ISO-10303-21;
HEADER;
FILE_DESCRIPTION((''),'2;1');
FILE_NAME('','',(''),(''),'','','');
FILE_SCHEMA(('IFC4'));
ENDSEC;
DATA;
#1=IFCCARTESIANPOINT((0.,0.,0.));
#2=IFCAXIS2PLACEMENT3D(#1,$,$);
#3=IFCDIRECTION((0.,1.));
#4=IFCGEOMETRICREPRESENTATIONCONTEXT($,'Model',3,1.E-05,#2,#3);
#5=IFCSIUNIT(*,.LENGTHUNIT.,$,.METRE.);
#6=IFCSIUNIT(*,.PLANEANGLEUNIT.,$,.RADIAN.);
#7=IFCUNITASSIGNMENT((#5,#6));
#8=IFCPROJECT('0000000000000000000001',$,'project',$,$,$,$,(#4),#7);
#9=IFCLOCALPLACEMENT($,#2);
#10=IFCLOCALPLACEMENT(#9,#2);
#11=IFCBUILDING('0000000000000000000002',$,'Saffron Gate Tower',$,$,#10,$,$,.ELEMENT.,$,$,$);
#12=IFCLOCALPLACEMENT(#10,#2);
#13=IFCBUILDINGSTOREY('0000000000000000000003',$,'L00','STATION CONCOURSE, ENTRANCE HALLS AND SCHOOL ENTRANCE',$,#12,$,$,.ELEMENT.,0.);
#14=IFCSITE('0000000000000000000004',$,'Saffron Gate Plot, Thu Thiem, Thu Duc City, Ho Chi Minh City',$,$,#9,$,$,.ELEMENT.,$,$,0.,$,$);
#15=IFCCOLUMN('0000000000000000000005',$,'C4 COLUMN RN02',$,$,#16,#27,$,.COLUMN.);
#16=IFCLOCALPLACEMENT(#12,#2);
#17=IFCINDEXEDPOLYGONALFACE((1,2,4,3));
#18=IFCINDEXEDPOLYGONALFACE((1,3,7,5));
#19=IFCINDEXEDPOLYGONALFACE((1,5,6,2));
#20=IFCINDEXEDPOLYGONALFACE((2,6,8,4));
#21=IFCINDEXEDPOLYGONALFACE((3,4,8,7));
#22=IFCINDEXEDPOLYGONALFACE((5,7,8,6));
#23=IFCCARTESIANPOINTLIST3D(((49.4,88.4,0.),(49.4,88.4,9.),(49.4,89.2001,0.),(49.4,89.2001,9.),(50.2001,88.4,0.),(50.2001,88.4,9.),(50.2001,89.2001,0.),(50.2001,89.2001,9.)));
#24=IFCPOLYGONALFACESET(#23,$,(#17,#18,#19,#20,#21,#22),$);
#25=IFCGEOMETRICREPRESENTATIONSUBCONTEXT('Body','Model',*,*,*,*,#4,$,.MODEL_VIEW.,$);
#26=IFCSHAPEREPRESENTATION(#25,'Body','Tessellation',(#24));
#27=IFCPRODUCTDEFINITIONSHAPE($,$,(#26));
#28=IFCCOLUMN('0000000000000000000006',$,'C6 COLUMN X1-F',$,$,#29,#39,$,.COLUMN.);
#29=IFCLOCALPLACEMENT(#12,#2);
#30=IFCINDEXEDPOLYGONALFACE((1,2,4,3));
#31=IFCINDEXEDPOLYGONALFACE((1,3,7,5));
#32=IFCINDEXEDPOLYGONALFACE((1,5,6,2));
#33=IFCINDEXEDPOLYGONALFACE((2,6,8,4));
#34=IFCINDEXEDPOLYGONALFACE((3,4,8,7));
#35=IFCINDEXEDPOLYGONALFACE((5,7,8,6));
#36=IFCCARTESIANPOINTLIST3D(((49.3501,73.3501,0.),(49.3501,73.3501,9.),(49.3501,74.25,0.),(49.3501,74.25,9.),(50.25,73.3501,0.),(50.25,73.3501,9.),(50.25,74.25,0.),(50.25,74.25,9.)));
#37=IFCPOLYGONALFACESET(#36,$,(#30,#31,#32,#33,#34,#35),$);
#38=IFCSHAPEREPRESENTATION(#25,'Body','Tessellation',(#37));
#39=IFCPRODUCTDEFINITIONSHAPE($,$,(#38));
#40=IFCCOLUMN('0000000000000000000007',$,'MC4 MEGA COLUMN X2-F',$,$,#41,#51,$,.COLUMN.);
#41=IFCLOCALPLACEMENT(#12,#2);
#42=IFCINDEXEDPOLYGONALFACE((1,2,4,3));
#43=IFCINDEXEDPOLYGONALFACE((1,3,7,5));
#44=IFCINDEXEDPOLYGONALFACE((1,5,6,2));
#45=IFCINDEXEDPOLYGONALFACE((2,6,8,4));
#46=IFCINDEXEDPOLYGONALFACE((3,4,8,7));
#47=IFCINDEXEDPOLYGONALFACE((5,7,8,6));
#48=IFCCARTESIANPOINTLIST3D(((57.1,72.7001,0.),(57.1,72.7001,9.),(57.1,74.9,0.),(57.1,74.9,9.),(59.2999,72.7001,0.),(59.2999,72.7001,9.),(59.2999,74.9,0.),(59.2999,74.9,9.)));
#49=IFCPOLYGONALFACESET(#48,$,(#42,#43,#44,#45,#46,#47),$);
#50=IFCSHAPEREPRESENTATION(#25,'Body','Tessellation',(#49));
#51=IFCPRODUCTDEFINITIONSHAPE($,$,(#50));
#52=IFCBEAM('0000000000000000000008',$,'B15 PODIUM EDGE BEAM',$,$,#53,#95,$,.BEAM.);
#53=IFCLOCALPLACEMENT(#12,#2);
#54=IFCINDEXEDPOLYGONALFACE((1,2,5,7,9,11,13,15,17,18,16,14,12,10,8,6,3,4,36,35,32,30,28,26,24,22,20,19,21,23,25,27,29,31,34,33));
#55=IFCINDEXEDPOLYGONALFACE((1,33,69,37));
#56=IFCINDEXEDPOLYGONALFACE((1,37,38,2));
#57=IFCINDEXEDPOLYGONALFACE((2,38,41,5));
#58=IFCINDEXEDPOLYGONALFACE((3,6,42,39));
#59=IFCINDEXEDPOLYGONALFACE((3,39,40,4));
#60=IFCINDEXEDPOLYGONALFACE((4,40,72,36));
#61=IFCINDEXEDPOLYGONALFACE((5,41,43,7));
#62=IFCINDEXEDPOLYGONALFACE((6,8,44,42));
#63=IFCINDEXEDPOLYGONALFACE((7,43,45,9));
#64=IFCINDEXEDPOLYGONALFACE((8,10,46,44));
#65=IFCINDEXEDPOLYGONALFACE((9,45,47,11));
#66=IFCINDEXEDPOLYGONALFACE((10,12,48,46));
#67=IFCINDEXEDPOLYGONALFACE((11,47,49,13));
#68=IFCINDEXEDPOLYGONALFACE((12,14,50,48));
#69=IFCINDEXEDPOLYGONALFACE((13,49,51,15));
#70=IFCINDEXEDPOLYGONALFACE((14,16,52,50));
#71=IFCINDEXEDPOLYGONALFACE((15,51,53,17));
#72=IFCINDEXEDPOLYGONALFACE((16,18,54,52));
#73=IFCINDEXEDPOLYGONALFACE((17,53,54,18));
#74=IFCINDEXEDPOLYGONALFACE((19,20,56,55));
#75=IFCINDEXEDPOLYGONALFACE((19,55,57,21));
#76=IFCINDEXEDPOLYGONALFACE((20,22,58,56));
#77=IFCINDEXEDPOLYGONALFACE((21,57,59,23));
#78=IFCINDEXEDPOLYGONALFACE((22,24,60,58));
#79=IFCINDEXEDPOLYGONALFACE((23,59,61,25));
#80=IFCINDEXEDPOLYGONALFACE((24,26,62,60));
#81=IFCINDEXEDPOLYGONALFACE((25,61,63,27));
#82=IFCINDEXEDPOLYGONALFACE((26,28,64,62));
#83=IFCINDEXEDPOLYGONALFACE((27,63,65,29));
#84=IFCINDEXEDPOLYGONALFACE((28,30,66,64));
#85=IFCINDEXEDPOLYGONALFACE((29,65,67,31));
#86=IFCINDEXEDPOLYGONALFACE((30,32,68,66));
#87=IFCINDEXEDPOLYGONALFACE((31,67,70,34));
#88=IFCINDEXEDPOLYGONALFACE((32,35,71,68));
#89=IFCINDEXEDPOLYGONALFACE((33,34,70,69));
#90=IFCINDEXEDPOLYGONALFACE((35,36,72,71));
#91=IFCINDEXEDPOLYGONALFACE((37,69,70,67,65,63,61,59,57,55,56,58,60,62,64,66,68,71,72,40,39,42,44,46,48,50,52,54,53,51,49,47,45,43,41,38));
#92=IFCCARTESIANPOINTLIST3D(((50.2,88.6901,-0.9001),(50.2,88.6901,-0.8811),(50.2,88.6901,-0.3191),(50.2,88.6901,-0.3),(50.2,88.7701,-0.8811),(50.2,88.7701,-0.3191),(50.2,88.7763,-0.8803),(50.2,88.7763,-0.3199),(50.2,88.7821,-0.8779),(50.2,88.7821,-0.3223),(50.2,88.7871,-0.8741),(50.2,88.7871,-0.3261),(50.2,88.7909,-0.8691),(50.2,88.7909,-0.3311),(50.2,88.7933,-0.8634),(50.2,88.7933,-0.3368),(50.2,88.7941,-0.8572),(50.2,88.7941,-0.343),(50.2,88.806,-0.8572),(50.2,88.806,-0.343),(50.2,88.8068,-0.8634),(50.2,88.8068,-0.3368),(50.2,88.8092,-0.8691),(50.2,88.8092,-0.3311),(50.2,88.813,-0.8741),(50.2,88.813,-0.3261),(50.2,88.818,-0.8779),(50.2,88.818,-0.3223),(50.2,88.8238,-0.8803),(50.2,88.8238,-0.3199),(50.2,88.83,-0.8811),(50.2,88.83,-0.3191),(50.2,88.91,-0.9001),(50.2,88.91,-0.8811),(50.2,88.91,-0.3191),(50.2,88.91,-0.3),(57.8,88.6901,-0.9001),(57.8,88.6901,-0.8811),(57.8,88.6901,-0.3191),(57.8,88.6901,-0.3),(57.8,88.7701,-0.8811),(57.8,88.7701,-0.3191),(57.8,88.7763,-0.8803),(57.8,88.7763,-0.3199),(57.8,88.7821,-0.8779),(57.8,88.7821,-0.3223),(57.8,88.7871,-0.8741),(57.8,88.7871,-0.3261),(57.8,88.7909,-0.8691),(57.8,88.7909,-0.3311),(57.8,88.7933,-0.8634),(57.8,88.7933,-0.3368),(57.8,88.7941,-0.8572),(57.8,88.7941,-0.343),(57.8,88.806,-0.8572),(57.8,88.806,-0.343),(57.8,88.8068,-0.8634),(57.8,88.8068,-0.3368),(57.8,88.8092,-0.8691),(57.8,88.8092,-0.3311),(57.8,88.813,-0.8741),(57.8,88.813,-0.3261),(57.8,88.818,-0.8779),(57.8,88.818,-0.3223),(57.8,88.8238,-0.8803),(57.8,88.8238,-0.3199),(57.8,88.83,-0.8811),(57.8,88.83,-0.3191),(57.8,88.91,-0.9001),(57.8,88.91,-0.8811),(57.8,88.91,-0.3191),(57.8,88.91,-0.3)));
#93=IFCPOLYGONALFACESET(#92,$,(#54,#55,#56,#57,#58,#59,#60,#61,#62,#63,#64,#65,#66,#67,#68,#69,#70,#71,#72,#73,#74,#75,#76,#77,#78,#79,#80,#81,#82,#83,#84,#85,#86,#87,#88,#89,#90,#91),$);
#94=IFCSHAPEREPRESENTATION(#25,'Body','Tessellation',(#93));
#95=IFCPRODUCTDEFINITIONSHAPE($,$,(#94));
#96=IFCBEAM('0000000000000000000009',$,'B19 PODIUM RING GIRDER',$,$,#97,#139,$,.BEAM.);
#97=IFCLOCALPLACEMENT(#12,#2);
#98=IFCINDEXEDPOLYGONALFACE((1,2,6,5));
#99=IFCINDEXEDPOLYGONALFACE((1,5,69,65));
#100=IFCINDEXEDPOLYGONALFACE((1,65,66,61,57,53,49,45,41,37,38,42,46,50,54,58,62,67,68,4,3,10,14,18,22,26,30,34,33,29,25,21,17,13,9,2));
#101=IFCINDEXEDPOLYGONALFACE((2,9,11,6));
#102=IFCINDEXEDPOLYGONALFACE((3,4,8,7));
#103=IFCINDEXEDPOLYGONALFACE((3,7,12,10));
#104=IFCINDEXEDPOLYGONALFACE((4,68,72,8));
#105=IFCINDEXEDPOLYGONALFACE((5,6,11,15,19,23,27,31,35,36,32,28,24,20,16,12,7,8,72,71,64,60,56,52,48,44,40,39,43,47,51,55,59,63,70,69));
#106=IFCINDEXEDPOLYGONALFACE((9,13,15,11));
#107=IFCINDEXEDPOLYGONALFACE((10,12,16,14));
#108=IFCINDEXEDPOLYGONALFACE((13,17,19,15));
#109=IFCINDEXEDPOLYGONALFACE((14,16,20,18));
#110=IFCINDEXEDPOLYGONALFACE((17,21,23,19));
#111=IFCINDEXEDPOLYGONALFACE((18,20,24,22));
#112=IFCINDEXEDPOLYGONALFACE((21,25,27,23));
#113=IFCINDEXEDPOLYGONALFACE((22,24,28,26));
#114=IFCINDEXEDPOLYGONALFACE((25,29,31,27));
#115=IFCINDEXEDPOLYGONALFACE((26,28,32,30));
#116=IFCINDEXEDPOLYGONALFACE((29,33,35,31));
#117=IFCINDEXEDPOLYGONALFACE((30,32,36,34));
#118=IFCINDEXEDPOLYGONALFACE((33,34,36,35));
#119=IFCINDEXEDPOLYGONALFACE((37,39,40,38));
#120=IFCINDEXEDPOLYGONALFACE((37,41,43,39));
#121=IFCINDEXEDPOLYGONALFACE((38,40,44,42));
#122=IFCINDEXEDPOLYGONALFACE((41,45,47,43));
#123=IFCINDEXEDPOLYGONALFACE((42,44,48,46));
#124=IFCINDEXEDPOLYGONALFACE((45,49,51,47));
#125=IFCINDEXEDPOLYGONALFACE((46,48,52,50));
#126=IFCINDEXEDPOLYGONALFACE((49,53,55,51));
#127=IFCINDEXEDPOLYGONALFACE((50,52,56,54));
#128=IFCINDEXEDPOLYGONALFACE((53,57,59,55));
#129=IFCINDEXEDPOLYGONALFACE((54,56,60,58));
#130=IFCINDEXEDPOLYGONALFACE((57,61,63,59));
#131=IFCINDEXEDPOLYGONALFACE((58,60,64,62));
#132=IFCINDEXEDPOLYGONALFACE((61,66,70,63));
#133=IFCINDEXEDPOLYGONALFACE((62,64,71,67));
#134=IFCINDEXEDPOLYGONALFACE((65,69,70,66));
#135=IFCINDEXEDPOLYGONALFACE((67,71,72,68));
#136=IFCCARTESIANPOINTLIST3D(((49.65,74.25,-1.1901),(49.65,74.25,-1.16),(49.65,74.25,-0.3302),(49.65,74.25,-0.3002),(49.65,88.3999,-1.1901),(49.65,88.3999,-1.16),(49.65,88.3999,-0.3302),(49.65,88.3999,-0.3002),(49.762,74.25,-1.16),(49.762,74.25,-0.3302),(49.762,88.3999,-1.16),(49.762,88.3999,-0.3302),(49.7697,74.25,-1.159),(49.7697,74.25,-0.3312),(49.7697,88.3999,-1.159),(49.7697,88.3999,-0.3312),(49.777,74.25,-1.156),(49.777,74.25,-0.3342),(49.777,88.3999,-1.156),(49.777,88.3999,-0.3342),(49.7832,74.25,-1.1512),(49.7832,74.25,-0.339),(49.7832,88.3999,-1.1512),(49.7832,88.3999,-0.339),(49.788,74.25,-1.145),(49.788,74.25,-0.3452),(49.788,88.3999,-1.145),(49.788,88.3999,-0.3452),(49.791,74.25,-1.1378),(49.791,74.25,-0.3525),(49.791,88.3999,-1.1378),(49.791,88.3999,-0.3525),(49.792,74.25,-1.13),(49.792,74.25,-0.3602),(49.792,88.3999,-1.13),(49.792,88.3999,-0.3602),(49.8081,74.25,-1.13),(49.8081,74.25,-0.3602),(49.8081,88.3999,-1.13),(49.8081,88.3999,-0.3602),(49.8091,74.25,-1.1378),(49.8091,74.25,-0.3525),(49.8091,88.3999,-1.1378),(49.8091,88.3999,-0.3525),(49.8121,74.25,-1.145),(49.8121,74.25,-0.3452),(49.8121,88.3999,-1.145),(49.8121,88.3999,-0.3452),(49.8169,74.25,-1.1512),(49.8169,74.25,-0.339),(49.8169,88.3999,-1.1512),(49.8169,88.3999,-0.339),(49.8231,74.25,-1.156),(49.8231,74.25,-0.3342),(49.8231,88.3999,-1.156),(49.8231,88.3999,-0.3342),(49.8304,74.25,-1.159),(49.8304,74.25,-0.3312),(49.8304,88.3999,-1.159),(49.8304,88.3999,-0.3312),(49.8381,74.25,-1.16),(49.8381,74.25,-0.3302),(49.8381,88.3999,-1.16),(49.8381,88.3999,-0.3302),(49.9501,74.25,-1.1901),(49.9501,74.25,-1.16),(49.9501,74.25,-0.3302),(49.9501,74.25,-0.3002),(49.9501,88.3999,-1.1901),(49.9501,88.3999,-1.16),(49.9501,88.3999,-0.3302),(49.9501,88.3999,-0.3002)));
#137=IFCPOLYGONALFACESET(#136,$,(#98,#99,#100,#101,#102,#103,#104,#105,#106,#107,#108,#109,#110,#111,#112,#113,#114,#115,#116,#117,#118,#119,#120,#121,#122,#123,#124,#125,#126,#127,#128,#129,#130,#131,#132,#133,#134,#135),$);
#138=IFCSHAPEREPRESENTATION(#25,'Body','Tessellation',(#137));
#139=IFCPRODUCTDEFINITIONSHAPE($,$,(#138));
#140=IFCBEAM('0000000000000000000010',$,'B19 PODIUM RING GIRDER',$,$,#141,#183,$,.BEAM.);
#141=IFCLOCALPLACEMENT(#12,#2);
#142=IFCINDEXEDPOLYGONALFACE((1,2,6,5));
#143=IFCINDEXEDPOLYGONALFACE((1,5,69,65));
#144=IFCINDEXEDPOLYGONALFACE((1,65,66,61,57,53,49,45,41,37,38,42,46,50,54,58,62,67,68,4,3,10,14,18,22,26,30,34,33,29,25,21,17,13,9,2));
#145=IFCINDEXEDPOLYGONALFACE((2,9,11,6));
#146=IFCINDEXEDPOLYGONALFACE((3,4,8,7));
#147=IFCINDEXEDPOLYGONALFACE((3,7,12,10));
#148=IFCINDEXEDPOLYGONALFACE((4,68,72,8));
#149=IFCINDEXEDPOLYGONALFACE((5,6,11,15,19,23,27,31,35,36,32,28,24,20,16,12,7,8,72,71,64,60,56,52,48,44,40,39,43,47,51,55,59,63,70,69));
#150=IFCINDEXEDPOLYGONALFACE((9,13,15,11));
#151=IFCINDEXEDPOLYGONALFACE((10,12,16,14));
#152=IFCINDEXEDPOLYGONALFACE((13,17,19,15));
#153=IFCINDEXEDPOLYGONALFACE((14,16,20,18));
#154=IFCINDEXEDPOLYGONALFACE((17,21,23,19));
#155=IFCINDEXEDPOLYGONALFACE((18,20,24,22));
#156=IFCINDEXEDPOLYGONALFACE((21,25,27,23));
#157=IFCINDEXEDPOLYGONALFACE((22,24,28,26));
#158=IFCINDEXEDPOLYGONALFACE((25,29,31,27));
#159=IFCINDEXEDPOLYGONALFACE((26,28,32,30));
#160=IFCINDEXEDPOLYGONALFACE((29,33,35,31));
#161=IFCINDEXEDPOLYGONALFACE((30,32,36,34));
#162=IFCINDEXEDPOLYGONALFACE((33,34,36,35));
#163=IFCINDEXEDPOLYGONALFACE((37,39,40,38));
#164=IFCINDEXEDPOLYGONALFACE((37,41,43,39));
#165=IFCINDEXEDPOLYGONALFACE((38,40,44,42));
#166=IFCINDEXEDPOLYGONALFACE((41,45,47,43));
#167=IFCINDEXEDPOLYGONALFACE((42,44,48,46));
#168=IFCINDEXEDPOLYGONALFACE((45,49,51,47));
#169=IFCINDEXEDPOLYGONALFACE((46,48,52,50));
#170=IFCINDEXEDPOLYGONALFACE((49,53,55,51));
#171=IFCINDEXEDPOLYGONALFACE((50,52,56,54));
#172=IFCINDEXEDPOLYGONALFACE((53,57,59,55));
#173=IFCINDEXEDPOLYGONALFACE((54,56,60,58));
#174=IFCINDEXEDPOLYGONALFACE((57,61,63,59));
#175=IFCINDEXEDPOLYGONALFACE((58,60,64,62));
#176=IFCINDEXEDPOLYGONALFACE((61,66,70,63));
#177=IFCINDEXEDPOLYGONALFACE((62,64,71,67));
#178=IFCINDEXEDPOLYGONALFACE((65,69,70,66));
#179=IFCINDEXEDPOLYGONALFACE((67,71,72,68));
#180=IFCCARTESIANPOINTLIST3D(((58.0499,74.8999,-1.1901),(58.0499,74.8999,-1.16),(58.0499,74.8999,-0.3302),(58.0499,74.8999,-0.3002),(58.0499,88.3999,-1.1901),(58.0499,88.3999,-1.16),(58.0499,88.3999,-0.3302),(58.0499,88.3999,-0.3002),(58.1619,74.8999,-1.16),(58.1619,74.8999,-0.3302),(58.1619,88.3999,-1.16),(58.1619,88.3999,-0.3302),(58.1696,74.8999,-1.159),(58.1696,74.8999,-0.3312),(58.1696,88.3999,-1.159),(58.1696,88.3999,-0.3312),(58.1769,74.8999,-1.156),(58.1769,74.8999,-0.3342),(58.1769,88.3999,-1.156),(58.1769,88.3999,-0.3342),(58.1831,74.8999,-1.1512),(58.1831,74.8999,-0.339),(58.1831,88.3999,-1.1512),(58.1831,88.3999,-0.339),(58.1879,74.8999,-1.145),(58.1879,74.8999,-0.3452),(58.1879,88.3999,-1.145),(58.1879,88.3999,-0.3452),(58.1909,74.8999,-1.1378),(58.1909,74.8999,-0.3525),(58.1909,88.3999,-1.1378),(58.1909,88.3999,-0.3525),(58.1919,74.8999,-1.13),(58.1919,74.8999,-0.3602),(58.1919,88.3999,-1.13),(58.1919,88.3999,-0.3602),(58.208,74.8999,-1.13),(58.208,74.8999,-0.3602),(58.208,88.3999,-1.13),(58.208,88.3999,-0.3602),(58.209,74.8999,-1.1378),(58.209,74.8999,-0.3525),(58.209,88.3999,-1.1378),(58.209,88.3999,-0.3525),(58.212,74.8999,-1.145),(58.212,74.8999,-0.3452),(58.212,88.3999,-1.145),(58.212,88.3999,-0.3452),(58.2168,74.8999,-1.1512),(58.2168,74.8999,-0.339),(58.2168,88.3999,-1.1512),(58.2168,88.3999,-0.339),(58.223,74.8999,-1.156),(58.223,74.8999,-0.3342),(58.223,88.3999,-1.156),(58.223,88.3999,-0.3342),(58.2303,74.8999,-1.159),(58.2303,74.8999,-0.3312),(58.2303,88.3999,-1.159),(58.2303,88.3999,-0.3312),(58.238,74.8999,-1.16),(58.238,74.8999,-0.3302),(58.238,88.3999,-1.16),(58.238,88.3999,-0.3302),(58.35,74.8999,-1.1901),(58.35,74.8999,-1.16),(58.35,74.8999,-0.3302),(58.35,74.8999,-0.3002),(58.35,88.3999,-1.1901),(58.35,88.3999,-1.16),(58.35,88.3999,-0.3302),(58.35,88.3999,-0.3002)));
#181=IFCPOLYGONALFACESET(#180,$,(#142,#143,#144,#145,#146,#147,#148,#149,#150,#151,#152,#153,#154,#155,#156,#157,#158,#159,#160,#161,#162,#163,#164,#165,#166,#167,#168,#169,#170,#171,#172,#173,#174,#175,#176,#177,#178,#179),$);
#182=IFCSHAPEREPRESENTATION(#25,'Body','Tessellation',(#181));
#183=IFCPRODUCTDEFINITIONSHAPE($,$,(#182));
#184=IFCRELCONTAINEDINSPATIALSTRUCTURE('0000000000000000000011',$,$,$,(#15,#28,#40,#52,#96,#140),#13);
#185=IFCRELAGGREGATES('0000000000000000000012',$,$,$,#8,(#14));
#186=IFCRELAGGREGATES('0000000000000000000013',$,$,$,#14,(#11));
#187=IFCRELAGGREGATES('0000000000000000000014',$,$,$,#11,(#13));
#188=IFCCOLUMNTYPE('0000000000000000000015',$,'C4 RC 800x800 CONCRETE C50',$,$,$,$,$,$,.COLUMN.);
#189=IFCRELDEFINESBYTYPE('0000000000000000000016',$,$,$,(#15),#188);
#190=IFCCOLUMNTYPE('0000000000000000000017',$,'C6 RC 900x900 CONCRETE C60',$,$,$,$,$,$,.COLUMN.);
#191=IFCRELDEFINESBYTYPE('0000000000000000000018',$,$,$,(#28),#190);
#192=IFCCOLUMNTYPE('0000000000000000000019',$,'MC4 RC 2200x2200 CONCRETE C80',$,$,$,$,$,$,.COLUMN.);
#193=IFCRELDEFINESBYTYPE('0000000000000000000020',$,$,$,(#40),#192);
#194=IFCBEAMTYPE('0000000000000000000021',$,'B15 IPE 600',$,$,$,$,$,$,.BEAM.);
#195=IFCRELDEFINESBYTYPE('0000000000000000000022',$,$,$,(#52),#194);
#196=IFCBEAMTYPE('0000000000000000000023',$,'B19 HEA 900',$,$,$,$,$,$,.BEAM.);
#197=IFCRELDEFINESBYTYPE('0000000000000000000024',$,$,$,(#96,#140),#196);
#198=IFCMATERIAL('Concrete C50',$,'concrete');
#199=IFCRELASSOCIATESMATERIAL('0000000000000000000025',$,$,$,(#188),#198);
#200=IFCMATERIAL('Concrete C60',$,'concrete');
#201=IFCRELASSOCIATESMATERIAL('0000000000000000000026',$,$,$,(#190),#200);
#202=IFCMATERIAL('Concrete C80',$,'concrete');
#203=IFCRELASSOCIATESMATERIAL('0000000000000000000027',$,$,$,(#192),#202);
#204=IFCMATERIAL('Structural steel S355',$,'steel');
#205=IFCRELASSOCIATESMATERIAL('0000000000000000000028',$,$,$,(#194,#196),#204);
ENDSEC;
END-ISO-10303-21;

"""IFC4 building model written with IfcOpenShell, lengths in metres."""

from ifc_helpers import new_model, si_unit, direction, frame, origin, origin_2d, place, context, subcontext, project, spatial, rectangle, i_section, extrude, material, material_profile, profile_set, type_object, element, save


model = new_model("IFC4")

# Units and contexts
model_context = context("Model", 3, precision=1e-05, world=origin(), true_north=direction((0.0, 1.0)))
body_context = subcontext(model_context, "Body", "Model", "MODEL_VIEW")
ifc_project = project(units=[si_unit("LENGTHUNIT", "METRE"), si_unit("PLANEANGLEUNIT", "RADIAN")], contexts=[model_context])

# Site, building, storey
site_placement = place(None, origin())
site = spatial("IfcSite", under=ifc_project, at=site_placement, Name="Saffron Gate Plot, Thu Thiem, Thu Duc City, Ho Chi Minh City", CompositionType="ELEMENT", RefElevation=0.0)
building_placement = place(site_placement, origin())
building = spatial("IfcBuilding", under=site, at=building_placement, Name="Saffron Gate Tower", CompositionType="ELEMENT")
storey_placement = place(building_placement, origin())
storey = spatial("IfcBuildingStorey", under=building, at=storey_placement, Name="L00", Description="STATION CONCOURSE, ENTRANCE HALLS AND SCHOOL ENTRANCE", CompositionType="ELEMENT", Elevation=0.0)

# Columns
ifc_material_1 = material(Name="Concrete C50", Category="concrete")
ifc_material_profile_1 = material_profile(ifc_material_1, rectangle(XDim=0.8, YDim=0.8, at=origin_2d()))
ifc_profile_set_1 = profile_set([ifc_material_profile_1], Name="Concrete C50")
column_type_1 = type_object("IfcColumnType", Name="C4 RC 800x800 CONCRETE C50", PredefinedType="COLUMN", material=ifc_profile_set_1)
column_1_placement = place(storey_placement, frame((49.8, 88.8, 0.0), z_axis=(0.0, 0.0, 1.0), x_axis=(1.0, 0.0, 0.0)))
element("IfcColumn", 1, at=column_1_placement, inside=storey, type_object=column_type_1, Name="C4 COLUMN RN02", PredefinedType="COLUMN", context=body_context, shape_type="SweptSolid", body=[
    extrude(rectangle(XDim=0.8, YDim=0.8, at=origin_2d()), origin(), (0.0, 0.0, 1.0), 9.0),
])
ifc_material_2 = material(Name="Concrete C60", Category="concrete")
ifc_material_profile_2 = material_profile(ifc_material_2, rectangle(XDim=0.8999, YDim=0.8999, at=origin_2d()))
ifc_profile_set_2 = profile_set([ifc_material_profile_2], Name="Concrete C60")
column_type_2 = type_object("IfcColumnType", Name="C6 RC 900x900 CONCRETE C60", PredefinedType="COLUMN", material=ifc_profile_set_2)
column_2_placement = place(storey_placement, frame((49.8, 73.8, 0.0), z_axis=(0.0, 0.0, 1.0), x_axis=(1.0, 0.0, 0.0)))
element("IfcColumn", 2, at=column_2_placement, inside=storey, type_object=column_type_2, Name="C6 COLUMN X1-F", PredefinedType="COLUMN", context=body_context, shape_type="SweptSolid", body=[
    extrude(rectangle(XDim=0.8999, YDim=0.8999, at=origin_2d()), origin(), (0.0, 0.0, 1.0), 9.0),
])
ifc_material_3 = material(Name="Concrete C80", Category="concrete")
ifc_material_profile_3 = material_profile(ifc_material_3, rectangle(XDim=2.2, YDim=2.2, at=origin_2d()))
ifc_profile_set_3 = profile_set([ifc_material_profile_3], Name="Concrete C80")
column_type_3 = type_object("IfcColumnType", Name="MC4 RC 2200x2200 CONCRETE C80", PredefinedType="COLUMN", material=ifc_profile_set_3)
column_3_placement = place(storey_placement, frame((58.2, 73.8, 0.0), z_axis=(0.0, 0.0, 1.0), x_axis=(1.0, 0.0, 0.0)))
element("IfcColumn", 3, at=column_3_placement, inside=storey, type_object=column_type_3, Name="MC4 MEGA COLUMN X2-F", PredefinedType="COLUMN", context=body_context, shape_type="SweptSolid", body=[
    extrude(rectangle(XDim=2.2, YDim=2.2, at=origin_2d()), origin(), (0.0, 0.0, 1.0), 9.0),
])

# Beams
ifc_material_4 = material(Name="Structural steel S355", Category="steel")
ifc_material_profile_4 = material_profile(ifc_material_4, i_section(OverallWidth=0.22, OverallDepth=0.6001, WebThickness=0.012, FlangeThickness=0.019, FilletRadius=0.0239, at=origin_2d()))
ifc_profile_set_4 = profile_set([ifc_material_profile_4], Name="Structural steel S355")
beam_type_1 = type_object("IfcBeamType", Name="B15 IPE 600", PredefinedType="BEAM", material=ifc_profile_set_4)
beam_1_placement = place(storey_placement, frame((50.2, 88.8, -0.6001), z_axis=(1.0, 0.0, 0.0), x_axis=(0.0, 1.0, 0.0)))
element("IfcBeam", 4, at=beam_1_placement, inside=storey, type_object=beam_type_1, Name="B15 PODIUM EDGE BEAM", PredefinedType="BEAM", context=body_context, shape_type="SweptSolid", body=[
    extrude(i_section(OverallWidth=0.22, OverallDepth=0.6001, WebThickness=0.012, FlangeThickness=0.019, FilletRadius=0.0239, at=origin_2d()), origin(), (0.0, 0.0, 1.0), 7.6001),
])
ifc_material_profile_5 = material_profile(ifc_material_4, i_section(OverallWidth=0.3, OverallDepth=0.8899, WebThickness=0.0161, FlangeThickness=0.03, FilletRadius=0.03, at=origin_2d()))
ifc_profile_set_5 = profile_set([ifc_material_profile_5], Name="Structural steel S355")
beam_type_2 = type_object("IfcBeamType", Name="B19 HEA 900", PredefinedType="BEAM", material=ifc_profile_set_5)
beam_2_placement = place(storey_placement, frame((49.8, 88.3999, -0.7451), z_axis=(0.0, -1.0, 0.0), x_axis=(1.0, 0.0, 0.0)))
element("IfcBeam", 5, at=beam_2_placement, inside=storey, type_object=beam_type_2, Name="B19 PODIUM RING GIRDER", PredefinedType="BEAM", context=body_context, shape_type="SweptSolid", body=[
    extrude(i_section(OverallWidth=0.3, OverallDepth=0.8899, WebThickness=0.0161, FlangeThickness=0.03, FilletRadius=0.03, at=origin_2d()), origin(), (0.0, 0.0, 1.0), 14.1499),
])
beam_3_placement = place(storey_placement, frame((58.2, 88.3999, -0.7451), z_axis=(0.0, -1.0, 0.0), x_axis=(1.0, 0.0, 0.0)))
element("IfcBeam", 6, at=beam_3_placement, inside=storey, type_object=beam_type_2, Name="B19 PODIUM RING GIRDER", PredefinedType="BEAM", context=body_context, shape_type="SweptSolid", body=[
    extrude(i_section(OverallWidth=0.3, OverallDepth=0.8899, WebThickness=0.0161, FlangeThickness=0.03, FilletRadius=0.03, at=origin_2d()), origin(), (0.0, 0.0, 1.0), 13.5),
])

save(model, "model.ifc")
